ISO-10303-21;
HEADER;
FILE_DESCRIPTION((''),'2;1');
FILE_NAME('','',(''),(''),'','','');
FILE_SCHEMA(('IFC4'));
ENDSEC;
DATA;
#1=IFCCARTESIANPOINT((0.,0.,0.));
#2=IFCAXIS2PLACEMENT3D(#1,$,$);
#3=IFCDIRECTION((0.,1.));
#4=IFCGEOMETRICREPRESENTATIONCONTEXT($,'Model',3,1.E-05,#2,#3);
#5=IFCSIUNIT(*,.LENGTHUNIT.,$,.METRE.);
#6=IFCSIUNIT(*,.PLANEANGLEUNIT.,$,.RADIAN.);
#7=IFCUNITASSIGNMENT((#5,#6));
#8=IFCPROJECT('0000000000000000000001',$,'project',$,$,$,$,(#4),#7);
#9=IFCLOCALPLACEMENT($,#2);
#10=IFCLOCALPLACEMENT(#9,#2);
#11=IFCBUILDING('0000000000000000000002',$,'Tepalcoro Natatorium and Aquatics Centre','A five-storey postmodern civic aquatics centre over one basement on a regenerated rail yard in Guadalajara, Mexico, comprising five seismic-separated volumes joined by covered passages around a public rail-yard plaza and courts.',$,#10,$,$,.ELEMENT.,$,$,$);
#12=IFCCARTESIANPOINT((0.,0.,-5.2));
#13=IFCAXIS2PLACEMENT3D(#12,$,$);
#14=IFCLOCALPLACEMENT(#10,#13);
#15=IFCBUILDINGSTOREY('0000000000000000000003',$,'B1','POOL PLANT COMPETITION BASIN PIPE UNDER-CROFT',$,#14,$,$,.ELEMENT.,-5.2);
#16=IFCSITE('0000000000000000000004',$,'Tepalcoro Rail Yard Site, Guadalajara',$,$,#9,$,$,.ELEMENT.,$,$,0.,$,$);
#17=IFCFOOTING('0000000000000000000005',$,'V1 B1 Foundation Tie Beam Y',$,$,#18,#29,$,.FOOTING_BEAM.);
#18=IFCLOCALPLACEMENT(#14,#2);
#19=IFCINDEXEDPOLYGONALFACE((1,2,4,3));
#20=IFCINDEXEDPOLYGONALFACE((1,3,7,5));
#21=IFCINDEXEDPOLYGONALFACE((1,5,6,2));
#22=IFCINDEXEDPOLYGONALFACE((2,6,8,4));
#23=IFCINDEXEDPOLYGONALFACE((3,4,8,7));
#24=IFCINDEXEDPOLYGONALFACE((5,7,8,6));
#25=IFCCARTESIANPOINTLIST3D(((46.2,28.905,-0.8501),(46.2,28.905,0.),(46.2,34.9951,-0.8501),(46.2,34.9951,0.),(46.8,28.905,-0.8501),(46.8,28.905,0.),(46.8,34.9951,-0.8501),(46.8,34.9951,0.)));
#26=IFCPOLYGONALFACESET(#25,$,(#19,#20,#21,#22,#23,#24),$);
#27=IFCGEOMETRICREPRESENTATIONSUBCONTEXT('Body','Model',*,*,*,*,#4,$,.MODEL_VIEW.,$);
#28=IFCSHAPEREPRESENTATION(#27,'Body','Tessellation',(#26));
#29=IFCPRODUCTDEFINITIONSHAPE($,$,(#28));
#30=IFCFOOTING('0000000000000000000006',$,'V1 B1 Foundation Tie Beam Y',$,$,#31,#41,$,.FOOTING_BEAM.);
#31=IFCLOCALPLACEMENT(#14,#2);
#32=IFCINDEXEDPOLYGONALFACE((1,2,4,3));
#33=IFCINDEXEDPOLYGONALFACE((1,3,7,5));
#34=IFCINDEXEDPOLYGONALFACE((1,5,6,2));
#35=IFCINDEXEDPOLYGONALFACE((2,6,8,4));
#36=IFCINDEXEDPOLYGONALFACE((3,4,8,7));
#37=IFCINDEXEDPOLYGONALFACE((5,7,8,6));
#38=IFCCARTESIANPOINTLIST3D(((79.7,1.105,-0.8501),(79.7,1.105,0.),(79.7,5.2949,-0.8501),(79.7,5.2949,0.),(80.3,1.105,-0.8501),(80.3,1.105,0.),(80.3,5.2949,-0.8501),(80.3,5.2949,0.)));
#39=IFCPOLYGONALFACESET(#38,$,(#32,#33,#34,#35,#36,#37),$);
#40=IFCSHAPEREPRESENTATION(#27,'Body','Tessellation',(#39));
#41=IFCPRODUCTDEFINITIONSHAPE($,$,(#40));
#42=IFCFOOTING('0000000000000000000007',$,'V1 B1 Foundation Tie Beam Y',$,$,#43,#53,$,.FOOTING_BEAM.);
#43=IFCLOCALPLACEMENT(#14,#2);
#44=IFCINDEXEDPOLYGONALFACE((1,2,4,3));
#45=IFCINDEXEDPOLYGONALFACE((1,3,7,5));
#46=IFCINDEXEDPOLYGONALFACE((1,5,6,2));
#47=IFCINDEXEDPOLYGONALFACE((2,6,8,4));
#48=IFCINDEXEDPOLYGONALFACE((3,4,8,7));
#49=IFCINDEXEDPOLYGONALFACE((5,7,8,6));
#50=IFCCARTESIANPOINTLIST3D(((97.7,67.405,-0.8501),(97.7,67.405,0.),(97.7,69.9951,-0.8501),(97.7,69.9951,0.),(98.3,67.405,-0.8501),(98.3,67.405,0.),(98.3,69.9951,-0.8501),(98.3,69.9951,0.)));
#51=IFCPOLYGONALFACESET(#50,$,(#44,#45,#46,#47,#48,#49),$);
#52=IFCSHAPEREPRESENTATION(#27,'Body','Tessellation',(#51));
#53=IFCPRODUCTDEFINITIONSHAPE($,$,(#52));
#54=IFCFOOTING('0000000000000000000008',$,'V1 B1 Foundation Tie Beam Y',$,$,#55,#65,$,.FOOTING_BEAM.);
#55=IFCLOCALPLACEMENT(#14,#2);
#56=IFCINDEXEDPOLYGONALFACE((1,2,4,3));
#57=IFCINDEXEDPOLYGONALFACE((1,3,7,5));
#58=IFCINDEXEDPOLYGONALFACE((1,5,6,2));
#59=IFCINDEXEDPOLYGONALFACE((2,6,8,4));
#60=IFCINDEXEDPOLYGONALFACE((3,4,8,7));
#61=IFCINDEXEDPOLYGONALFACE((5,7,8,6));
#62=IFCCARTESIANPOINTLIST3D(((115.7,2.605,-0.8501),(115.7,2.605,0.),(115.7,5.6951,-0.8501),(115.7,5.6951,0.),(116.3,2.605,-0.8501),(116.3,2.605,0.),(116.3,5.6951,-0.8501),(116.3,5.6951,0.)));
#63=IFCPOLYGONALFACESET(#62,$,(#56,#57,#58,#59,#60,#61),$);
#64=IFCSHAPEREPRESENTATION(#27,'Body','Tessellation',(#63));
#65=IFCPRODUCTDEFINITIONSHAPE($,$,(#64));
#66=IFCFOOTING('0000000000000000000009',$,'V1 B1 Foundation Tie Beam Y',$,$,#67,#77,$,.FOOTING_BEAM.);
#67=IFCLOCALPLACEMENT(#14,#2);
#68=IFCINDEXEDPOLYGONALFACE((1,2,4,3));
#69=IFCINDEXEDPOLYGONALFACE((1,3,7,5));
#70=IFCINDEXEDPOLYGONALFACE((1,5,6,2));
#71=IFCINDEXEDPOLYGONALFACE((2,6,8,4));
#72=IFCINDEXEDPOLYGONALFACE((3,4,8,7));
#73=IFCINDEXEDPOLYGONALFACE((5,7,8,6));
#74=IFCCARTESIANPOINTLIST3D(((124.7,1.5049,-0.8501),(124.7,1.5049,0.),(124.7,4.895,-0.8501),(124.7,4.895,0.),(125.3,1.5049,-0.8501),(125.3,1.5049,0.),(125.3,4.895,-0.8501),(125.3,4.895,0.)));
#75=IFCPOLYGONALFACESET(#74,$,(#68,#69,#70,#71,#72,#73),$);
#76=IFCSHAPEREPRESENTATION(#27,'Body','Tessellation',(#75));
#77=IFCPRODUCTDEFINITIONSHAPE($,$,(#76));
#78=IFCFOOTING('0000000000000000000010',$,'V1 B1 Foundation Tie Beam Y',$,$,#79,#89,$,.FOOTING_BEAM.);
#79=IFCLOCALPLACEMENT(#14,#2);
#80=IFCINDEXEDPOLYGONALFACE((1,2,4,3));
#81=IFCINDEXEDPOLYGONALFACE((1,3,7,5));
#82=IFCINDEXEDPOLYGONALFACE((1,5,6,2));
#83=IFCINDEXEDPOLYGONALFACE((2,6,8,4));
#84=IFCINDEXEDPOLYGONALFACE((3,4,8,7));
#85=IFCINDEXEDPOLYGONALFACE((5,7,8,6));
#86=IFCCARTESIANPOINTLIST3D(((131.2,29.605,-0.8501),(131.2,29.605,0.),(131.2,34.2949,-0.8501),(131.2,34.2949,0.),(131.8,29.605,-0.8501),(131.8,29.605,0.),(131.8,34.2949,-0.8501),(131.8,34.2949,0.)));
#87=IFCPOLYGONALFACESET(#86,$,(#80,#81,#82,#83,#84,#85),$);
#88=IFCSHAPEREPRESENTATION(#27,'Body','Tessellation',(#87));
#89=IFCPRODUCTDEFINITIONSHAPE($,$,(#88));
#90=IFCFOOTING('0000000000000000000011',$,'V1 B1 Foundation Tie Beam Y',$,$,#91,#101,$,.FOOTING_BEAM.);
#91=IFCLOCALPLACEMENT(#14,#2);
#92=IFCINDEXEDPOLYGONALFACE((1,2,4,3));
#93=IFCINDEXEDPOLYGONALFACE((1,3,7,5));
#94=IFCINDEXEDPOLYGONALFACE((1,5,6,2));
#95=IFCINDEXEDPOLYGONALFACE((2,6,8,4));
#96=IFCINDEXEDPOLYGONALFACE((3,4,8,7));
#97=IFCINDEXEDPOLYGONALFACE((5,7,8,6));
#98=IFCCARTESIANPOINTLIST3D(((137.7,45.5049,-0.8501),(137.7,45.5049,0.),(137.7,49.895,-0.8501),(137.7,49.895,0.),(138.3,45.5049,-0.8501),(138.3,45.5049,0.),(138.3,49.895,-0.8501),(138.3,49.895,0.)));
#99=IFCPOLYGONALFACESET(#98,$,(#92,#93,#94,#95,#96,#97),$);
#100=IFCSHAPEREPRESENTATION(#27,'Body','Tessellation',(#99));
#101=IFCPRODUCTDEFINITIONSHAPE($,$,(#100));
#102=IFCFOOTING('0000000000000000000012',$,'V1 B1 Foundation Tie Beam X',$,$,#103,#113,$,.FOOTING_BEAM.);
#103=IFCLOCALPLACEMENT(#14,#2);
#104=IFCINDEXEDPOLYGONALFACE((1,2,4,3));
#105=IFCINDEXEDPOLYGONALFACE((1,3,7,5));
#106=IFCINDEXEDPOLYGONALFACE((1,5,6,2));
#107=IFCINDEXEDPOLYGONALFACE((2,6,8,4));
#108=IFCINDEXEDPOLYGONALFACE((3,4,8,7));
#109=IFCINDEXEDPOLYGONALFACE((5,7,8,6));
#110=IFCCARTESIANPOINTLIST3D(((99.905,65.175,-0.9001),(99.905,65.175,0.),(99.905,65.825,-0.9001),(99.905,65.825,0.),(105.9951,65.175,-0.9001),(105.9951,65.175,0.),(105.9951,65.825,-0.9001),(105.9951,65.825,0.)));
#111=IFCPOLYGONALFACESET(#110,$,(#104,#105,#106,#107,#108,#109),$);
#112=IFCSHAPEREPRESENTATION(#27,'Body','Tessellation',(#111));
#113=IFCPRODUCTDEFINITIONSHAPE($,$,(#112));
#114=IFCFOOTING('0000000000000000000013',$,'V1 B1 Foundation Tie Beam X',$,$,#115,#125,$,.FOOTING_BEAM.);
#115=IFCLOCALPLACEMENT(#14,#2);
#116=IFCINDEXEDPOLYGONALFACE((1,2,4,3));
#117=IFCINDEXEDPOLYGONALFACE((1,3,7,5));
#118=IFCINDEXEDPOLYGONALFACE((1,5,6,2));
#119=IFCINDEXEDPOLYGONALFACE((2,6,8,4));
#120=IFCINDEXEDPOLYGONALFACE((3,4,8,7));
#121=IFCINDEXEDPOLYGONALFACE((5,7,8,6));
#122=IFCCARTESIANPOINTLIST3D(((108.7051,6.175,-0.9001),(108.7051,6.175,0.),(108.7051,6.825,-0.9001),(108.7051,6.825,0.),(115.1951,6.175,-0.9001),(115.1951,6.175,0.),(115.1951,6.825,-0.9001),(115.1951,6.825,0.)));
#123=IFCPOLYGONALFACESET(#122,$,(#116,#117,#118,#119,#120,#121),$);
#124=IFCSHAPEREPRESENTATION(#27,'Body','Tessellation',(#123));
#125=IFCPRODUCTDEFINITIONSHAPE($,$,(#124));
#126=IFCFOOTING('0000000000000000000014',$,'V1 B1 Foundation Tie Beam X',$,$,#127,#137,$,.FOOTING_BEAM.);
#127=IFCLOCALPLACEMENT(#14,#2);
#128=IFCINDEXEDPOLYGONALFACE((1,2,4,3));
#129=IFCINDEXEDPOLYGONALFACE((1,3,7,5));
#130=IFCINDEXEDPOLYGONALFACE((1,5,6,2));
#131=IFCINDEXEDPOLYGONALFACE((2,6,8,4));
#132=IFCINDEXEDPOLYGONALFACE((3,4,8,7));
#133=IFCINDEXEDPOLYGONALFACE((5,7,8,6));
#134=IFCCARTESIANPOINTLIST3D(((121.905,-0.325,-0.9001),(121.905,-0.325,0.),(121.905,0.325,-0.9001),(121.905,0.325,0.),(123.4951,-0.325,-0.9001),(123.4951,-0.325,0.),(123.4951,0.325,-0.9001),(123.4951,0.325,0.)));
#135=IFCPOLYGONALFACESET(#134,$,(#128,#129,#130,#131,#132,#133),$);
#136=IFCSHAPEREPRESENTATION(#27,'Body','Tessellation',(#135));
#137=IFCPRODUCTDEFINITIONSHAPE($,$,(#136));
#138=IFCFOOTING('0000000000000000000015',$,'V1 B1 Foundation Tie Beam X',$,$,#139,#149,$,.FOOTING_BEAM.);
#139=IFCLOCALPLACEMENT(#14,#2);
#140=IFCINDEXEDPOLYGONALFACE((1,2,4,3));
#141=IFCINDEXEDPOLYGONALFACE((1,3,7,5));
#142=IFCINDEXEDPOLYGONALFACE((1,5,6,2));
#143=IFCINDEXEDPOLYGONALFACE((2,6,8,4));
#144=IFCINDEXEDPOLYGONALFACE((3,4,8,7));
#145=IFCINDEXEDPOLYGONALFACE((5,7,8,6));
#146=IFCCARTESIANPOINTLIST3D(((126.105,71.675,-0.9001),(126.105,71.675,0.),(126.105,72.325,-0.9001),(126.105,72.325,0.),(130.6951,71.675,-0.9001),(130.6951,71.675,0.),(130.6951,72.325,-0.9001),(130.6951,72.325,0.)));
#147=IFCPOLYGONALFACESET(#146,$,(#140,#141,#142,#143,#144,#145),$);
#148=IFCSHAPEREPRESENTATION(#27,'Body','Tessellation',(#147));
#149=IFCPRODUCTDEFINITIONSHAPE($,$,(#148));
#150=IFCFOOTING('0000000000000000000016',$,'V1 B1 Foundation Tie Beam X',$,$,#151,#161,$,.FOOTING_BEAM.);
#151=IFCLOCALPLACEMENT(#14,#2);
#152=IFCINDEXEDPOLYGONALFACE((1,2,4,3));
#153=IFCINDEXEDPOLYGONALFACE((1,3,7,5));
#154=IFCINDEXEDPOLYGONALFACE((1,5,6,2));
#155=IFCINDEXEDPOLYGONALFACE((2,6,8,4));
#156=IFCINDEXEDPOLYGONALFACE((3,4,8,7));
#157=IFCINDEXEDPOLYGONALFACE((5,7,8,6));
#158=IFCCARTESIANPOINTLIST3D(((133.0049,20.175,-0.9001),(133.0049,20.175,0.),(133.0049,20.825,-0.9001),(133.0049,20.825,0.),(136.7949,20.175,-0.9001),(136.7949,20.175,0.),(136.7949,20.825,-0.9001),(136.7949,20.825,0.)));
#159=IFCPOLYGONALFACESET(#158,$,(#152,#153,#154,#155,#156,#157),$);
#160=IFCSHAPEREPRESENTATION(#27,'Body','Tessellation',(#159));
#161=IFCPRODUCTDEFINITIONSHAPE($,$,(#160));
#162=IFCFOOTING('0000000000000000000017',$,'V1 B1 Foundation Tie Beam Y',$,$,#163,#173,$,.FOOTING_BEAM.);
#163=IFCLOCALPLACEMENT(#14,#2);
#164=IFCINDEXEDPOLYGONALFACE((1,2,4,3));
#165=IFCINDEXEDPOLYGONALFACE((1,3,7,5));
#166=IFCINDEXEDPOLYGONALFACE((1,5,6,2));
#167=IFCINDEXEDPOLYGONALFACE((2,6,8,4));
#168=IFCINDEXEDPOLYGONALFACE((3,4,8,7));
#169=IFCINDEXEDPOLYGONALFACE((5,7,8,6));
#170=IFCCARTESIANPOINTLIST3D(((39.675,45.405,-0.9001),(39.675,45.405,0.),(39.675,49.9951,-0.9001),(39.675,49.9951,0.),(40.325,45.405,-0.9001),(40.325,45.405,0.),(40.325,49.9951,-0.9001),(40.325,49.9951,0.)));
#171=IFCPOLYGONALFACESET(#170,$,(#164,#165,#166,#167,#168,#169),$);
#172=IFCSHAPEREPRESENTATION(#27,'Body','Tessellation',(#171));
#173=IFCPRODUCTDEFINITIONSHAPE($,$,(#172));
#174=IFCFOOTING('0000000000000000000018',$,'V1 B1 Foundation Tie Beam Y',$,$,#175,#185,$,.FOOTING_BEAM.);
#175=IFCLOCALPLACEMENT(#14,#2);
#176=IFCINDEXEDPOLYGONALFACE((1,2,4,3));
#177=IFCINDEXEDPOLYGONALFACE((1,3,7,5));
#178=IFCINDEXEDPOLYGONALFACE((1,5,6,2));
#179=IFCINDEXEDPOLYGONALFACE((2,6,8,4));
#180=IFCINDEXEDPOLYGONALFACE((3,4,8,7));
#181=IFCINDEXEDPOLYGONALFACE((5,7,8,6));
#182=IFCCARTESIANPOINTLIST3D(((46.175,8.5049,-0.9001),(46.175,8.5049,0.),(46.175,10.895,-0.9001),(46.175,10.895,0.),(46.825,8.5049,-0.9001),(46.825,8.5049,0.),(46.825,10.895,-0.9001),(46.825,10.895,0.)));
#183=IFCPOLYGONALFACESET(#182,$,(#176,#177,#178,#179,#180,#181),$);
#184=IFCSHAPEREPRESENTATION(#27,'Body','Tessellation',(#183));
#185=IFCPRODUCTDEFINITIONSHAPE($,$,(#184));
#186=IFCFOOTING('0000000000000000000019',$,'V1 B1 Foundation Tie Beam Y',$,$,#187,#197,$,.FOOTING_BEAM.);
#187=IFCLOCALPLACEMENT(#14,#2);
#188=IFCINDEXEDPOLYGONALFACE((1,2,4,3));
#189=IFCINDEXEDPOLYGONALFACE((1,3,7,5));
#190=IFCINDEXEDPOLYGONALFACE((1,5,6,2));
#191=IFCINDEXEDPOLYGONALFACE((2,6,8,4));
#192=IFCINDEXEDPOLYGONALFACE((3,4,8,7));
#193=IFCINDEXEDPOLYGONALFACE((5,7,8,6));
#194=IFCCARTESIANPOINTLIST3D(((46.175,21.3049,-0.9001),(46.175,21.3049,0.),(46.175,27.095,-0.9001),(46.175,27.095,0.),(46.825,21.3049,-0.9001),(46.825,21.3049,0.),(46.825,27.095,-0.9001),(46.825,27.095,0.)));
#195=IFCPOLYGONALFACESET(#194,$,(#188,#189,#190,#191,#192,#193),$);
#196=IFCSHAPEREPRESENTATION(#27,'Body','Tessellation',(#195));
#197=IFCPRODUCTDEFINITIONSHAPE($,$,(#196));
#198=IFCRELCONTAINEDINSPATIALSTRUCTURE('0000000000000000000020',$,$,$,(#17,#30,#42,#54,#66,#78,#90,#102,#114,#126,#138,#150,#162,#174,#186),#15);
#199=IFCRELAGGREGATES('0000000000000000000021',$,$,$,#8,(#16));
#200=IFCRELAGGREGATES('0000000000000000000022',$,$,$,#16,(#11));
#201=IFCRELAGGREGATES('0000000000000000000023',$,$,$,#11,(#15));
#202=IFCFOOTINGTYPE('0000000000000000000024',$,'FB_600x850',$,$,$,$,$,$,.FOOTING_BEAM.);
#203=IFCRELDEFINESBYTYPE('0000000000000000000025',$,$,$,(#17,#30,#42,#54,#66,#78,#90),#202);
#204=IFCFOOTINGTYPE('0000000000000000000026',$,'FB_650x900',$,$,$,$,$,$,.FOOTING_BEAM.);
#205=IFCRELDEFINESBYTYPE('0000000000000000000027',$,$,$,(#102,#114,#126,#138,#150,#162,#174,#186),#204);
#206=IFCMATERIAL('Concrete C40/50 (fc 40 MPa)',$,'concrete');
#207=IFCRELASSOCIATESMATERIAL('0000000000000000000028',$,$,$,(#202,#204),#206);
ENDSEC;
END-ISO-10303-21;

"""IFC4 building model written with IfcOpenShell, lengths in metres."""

from ifc_helpers import new_model, si_unit, direction, frame, origin, place, context, subcontext, project, spatial, polyline, outline, extrude, material, type_object, element, save


model = new_model("IFC4")

# Units and contexts
model_context = context("Model", 3, precision=1e-05, world=origin(), true_north=direction((0.0, 1.0)))
body_context = subcontext(model_context, "Body", "Model", "MODEL_VIEW")
ifc_project = project(units=[si_unit("LENGTHUNIT", "METRE"), si_unit("PLANEANGLEUNIT", "RADIAN")], contexts=[model_context])

# Site, building, storey
site_placement = place(None, origin())
site = spatial("IfcSite", under=ifc_project, at=site_placement, Name="Tepalcoro Rail Yard Site, Guadalajara", CompositionType="ELEMENT", RefElevation=0.0)
building_placement = place(site_placement, origin())
building = spatial("IfcBuilding", under=site, at=building_placement, Name="Tepalcoro Natatorium and Aquatics Centre", Description="A five-storey postmodern civic aquatics centre over one basement on a regenerated rail yard in Guadalajara, Mexico, comprising five seismic-separated volumes joined by covered passages around a public rail-yard plaza and courts.", CompositionType="ELEMENT")
storey_placement = place(building_placement, frame((0.0, 0.0, -5.2)))
storey = spatial("IfcBuildingStorey", under=building, at=storey_placement, Name="B1", Description="POOL PLANT COMPETITION BASIN PIPE UNDER-CROFT", CompositionType="ELEMENT", Elevation=-5.2)

# Footings
ifc_material = material(Name="Concrete C40/50 (fc 40 MPa)", Category="concrete")
footing_type_1 = type_object("IfcFootingType", Name="FB_600x850", PredefinedType="FOOTING_BEAM", material=ifc_material)
footing_1_placement = place(storey_placement, frame((0.0, 0.0, -0.8501)))
element("IfcFooting", 1, at=footing_1_placement, inside=storey, type_object=footing_type_1, Name="V1 B1 Foundation Tie Beam Y", PredefinedType="FOOTING_BEAM", context=body_context, shape_type="SweptSolid", body=[
    extrude(outline(polyline([(46.8, 28.905), (46.8, 34.9951), (46.2, 34.9951), (46.2, 28.905), (46.8, 28.905)])), origin(), (0.0, 0.0, 1.0), 0.8501),
])
footing_2_placement = place(storey_placement, frame((0.0, 0.0, -0.8501)))
element("IfcFooting", 2, at=footing_2_placement, inside=storey, type_object=footing_type_1, Name="V1 B1 Foundation Tie Beam Y", PredefinedType="FOOTING_BEAM", context=body_context, shape_type="SweptSolid", body=[
    extrude(outline(polyline([(80.3, 1.105), (80.3, 5.2949), (79.7, 5.2949), (79.7, 1.105), (80.3, 1.105)])), origin(), (0.0, 0.0, 1.0), 0.8501),
])
footing_3_placement = place(storey_placement, frame((0.0, 0.0, -0.8501)))
element("IfcFooting", 3, at=footing_3_placement, inside=storey, type_object=footing_type_1, Name="V1 B1 Foundation Tie Beam Y", PredefinedType="FOOTING_BEAM", context=body_context, shape_type="SweptSolid", body=[
    extrude(outline(polyline([(98.3, 67.405), (98.3, 69.9951), (97.7, 69.9951), (97.7, 67.405), (98.3, 67.405)])), origin(), (0.0, 0.0, 1.0), 0.8501),
])
footing_4_placement = place(storey_placement, frame((0.0, 0.0, -0.8501)))
element("IfcFooting", 4, at=footing_4_placement, inside=storey, type_object=footing_type_1, Name="V1 B1 Foundation Tie Beam Y", PredefinedType="FOOTING_BEAM", context=body_context, shape_type="SweptSolid", body=[
    extrude(outline(polyline([(116.3, 2.605), (116.3, 5.6951), (115.7, 5.6951), (115.7, 2.605), (116.3, 2.605)])), origin(), (0.0, 0.0, 1.0), 0.8501),
])
footing_5_placement = place(storey_placement, frame((0.0, 0.0, -0.8501)))
element("IfcFooting", 5, at=footing_5_placement, inside=storey, type_object=footing_type_1, Name="V1 B1 Foundation Tie Beam Y", PredefinedType="FOOTING_BEAM", context=body_context, shape_type="SweptSolid", body=[
    extrude(outline(polyline([(125.3, 1.5049), (125.3, 4.895), (124.7, 4.895), (124.7, 1.5049), (125.3, 1.5049)])), origin(), (0.0, 0.0, 1.0), 0.8501),
])
footing_6_placement = place(storey_placement, frame((0.0, 0.0, -0.8501)))
element("IfcFooting", 6, at=footing_6_placement, inside=storey, type_object=footing_type_1, Name="V1 B1 Foundation Tie Beam Y", PredefinedType="FOOTING_BEAM", context=body_context, shape_type="SweptSolid", body=[
    extrude(outline(polyline([(131.8, 29.605), (131.8, 34.2949), (131.2, 34.2949), (131.2, 29.605), (131.8, 29.605)])), origin(), (0.0, 0.0, 1.0), 0.8501),
])
footing_7_placement = place(storey_placement, frame((0.0, 0.0, -0.8501)))
element("IfcFooting", 7, at=footing_7_placement, inside=storey, type_object=footing_type_1, Name="V1 B1 Foundation Tie Beam Y", PredefinedType="FOOTING_BEAM", context=body_context, shape_type="SweptSolid", body=[
    extrude(outline(polyline([(138.3, 45.5049), (138.3, 49.895), (137.7, 49.895), (137.7, 45.5049), (138.3, 45.5049)])), origin(), (0.0, 0.0, 1.0), 0.8501),
])
footing_type_2 = type_object("IfcFootingType", Name="FB_650x900", PredefinedType="FOOTING_BEAM", material=ifc_material)
footing_8_placement = place(storey_placement, frame((0.0, 0.0, -0.9001)))
element("IfcFooting", 8, at=footing_8_placement, inside=storey, type_object=footing_type_2, Name="V1 B1 Foundation Tie Beam X", PredefinedType="FOOTING_BEAM", context=body_context, shape_type="SweptSolid", body=[
    extrude(outline(polyline([(99.905, 65.175), (105.9951, 65.175), (105.9951, 65.825), (99.905, 65.825), (99.905, 65.175)])), origin(), (0.0, 0.0, 1.0), 0.9001),
])
footing_9_placement = place(storey_placement, frame((0.0, 0.0, -0.9001)))
element("IfcFooting", 9, at=footing_9_placement, inside=storey, type_object=footing_type_2, Name="V1 B1 Foundation Tie Beam X", PredefinedType="FOOTING_BEAM", context=body_context, shape_type="SweptSolid", body=[
    extrude(outline(polyline([(108.7051, 6.175), (115.1951, 6.175), (115.1951, 6.825), (108.7051, 6.825), (108.7051, 6.175)])), origin(), (0.0, 0.0, 1.0), 0.9001),
])
footing_10_placement = place(storey_placement, frame((0.0, 0.0, -0.9001)))
element("IfcFooting", 10, at=footing_10_placement, inside=storey, type_object=footing_type_2, Name="V1 B1 Foundation Tie Beam X", PredefinedType="FOOTING_BEAM", context=body_context, shape_type="SweptSolid", body=[
    extrude(outline(polyline([(121.905, -0.325), (123.4951, -0.325), (123.4951, 0.325), (121.905, 0.325), (121.905, -0.325)])), origin(), (0.0, 0.0, 1.0), 0.9001),
])
footing_11_placement = place(storey_placement, frame((0.0, 0.0, -0.9001)))
element("IfcFooting", 11, at=footing_11_placement, inside=storey, type_object=footing_type_2, Name="V1 B1 Foundation Tie Beam X", PredefinedType="FOOTING_BEAM", context=body_context, shape_type="SweptSolid", body=[
    extrude(outline(polyline([(126.105, 71.675), (130.6951, 71.675), (130.6951, 72.325), (126.105, 72.325), (126.105, 71.675)])), origin(), (0.0, 0.0, 1.0), 0.9001),
])
footing_12_placement = place(storey_placement, frame((0.0, 0.0, -0.9001)))
element("IfcFooting", 12, at=footing_12_placement, inside=storey, type_object=footing_type_2, Name="V1 B1 Foundation Tie Beam X", PredefinedType="FOOTING_BEAM", context=body_context, shape_type="SweptSolid", body=[
    extrude(outline(polyline([(133.0049, 20.175), (136.7949, 20.175), (136.7949, 20.825), (133.0049, 20.825), (133.0049, 20.175)])), origin(), (0.0, 0.0, 1.0), 0.9001),
])
footing_13_placement = place(storey_placement, frame((0.0, 0.0, -0.9001)))
element("IfcFooting", 13, at=footing_13_placement, inside=storey, type_object=footing_type_2, Name="V1 B1 Foundation Tie Beam Y", PredefinedType="FOOTING_BEAM", context=body_context, shape_type="SweptSolid", body=[
    extrude(outline(polyline([(40.325, 45.405), (40.325, 49.9951), (39.675, 49.9951), (39.675, 45.405), (40.325, 45.405)])), origin(), (0.0, 0.0, 1.0), 0.9001),
])
footing_14_placement = place(storey_placement, frame((0.0, 0.0, -0.9001)))
element("IfcFooting", 14, at=footing_14_placement, inside=storey, type_object=footing_type_2, Name="V1 B1 Foundation Tie Beam Y", PredefinedType="FOOTING_BEAM", context=body_context, shape_type="SweptSolid", body=[
    extrude(outline(polyline([(46.825, 8.5049), (46.825, 10.895), (46.175, 10.895), (46.175, 8.5049), (46.825, 8.5049)])), origin(), (0.0, 0.0, 1.0), 0.9001),
])
footing_15_placement = place(storey_placement, frame((0.0, 0.0, -0.9001)))
element("IfcFooting", 15, at=footing_15_placement, inside=storey, type_object=footing_type_2, Name="V1 B1 Foundation Tie Beam Y", PredefinedType="FOOTING_BEAM", context=body_context, shape_type="SweptSolid", body=[
    extrude(outline(polyline([(46.825, 21.3049), (46.825, 27.095), (46.175, 27.095), (46.175, 21.3049), (46.825, 21.3049)])), origin(), (0.0, 0.0, 1.0), 0.9001),
])

save(model, "model.ifc")
